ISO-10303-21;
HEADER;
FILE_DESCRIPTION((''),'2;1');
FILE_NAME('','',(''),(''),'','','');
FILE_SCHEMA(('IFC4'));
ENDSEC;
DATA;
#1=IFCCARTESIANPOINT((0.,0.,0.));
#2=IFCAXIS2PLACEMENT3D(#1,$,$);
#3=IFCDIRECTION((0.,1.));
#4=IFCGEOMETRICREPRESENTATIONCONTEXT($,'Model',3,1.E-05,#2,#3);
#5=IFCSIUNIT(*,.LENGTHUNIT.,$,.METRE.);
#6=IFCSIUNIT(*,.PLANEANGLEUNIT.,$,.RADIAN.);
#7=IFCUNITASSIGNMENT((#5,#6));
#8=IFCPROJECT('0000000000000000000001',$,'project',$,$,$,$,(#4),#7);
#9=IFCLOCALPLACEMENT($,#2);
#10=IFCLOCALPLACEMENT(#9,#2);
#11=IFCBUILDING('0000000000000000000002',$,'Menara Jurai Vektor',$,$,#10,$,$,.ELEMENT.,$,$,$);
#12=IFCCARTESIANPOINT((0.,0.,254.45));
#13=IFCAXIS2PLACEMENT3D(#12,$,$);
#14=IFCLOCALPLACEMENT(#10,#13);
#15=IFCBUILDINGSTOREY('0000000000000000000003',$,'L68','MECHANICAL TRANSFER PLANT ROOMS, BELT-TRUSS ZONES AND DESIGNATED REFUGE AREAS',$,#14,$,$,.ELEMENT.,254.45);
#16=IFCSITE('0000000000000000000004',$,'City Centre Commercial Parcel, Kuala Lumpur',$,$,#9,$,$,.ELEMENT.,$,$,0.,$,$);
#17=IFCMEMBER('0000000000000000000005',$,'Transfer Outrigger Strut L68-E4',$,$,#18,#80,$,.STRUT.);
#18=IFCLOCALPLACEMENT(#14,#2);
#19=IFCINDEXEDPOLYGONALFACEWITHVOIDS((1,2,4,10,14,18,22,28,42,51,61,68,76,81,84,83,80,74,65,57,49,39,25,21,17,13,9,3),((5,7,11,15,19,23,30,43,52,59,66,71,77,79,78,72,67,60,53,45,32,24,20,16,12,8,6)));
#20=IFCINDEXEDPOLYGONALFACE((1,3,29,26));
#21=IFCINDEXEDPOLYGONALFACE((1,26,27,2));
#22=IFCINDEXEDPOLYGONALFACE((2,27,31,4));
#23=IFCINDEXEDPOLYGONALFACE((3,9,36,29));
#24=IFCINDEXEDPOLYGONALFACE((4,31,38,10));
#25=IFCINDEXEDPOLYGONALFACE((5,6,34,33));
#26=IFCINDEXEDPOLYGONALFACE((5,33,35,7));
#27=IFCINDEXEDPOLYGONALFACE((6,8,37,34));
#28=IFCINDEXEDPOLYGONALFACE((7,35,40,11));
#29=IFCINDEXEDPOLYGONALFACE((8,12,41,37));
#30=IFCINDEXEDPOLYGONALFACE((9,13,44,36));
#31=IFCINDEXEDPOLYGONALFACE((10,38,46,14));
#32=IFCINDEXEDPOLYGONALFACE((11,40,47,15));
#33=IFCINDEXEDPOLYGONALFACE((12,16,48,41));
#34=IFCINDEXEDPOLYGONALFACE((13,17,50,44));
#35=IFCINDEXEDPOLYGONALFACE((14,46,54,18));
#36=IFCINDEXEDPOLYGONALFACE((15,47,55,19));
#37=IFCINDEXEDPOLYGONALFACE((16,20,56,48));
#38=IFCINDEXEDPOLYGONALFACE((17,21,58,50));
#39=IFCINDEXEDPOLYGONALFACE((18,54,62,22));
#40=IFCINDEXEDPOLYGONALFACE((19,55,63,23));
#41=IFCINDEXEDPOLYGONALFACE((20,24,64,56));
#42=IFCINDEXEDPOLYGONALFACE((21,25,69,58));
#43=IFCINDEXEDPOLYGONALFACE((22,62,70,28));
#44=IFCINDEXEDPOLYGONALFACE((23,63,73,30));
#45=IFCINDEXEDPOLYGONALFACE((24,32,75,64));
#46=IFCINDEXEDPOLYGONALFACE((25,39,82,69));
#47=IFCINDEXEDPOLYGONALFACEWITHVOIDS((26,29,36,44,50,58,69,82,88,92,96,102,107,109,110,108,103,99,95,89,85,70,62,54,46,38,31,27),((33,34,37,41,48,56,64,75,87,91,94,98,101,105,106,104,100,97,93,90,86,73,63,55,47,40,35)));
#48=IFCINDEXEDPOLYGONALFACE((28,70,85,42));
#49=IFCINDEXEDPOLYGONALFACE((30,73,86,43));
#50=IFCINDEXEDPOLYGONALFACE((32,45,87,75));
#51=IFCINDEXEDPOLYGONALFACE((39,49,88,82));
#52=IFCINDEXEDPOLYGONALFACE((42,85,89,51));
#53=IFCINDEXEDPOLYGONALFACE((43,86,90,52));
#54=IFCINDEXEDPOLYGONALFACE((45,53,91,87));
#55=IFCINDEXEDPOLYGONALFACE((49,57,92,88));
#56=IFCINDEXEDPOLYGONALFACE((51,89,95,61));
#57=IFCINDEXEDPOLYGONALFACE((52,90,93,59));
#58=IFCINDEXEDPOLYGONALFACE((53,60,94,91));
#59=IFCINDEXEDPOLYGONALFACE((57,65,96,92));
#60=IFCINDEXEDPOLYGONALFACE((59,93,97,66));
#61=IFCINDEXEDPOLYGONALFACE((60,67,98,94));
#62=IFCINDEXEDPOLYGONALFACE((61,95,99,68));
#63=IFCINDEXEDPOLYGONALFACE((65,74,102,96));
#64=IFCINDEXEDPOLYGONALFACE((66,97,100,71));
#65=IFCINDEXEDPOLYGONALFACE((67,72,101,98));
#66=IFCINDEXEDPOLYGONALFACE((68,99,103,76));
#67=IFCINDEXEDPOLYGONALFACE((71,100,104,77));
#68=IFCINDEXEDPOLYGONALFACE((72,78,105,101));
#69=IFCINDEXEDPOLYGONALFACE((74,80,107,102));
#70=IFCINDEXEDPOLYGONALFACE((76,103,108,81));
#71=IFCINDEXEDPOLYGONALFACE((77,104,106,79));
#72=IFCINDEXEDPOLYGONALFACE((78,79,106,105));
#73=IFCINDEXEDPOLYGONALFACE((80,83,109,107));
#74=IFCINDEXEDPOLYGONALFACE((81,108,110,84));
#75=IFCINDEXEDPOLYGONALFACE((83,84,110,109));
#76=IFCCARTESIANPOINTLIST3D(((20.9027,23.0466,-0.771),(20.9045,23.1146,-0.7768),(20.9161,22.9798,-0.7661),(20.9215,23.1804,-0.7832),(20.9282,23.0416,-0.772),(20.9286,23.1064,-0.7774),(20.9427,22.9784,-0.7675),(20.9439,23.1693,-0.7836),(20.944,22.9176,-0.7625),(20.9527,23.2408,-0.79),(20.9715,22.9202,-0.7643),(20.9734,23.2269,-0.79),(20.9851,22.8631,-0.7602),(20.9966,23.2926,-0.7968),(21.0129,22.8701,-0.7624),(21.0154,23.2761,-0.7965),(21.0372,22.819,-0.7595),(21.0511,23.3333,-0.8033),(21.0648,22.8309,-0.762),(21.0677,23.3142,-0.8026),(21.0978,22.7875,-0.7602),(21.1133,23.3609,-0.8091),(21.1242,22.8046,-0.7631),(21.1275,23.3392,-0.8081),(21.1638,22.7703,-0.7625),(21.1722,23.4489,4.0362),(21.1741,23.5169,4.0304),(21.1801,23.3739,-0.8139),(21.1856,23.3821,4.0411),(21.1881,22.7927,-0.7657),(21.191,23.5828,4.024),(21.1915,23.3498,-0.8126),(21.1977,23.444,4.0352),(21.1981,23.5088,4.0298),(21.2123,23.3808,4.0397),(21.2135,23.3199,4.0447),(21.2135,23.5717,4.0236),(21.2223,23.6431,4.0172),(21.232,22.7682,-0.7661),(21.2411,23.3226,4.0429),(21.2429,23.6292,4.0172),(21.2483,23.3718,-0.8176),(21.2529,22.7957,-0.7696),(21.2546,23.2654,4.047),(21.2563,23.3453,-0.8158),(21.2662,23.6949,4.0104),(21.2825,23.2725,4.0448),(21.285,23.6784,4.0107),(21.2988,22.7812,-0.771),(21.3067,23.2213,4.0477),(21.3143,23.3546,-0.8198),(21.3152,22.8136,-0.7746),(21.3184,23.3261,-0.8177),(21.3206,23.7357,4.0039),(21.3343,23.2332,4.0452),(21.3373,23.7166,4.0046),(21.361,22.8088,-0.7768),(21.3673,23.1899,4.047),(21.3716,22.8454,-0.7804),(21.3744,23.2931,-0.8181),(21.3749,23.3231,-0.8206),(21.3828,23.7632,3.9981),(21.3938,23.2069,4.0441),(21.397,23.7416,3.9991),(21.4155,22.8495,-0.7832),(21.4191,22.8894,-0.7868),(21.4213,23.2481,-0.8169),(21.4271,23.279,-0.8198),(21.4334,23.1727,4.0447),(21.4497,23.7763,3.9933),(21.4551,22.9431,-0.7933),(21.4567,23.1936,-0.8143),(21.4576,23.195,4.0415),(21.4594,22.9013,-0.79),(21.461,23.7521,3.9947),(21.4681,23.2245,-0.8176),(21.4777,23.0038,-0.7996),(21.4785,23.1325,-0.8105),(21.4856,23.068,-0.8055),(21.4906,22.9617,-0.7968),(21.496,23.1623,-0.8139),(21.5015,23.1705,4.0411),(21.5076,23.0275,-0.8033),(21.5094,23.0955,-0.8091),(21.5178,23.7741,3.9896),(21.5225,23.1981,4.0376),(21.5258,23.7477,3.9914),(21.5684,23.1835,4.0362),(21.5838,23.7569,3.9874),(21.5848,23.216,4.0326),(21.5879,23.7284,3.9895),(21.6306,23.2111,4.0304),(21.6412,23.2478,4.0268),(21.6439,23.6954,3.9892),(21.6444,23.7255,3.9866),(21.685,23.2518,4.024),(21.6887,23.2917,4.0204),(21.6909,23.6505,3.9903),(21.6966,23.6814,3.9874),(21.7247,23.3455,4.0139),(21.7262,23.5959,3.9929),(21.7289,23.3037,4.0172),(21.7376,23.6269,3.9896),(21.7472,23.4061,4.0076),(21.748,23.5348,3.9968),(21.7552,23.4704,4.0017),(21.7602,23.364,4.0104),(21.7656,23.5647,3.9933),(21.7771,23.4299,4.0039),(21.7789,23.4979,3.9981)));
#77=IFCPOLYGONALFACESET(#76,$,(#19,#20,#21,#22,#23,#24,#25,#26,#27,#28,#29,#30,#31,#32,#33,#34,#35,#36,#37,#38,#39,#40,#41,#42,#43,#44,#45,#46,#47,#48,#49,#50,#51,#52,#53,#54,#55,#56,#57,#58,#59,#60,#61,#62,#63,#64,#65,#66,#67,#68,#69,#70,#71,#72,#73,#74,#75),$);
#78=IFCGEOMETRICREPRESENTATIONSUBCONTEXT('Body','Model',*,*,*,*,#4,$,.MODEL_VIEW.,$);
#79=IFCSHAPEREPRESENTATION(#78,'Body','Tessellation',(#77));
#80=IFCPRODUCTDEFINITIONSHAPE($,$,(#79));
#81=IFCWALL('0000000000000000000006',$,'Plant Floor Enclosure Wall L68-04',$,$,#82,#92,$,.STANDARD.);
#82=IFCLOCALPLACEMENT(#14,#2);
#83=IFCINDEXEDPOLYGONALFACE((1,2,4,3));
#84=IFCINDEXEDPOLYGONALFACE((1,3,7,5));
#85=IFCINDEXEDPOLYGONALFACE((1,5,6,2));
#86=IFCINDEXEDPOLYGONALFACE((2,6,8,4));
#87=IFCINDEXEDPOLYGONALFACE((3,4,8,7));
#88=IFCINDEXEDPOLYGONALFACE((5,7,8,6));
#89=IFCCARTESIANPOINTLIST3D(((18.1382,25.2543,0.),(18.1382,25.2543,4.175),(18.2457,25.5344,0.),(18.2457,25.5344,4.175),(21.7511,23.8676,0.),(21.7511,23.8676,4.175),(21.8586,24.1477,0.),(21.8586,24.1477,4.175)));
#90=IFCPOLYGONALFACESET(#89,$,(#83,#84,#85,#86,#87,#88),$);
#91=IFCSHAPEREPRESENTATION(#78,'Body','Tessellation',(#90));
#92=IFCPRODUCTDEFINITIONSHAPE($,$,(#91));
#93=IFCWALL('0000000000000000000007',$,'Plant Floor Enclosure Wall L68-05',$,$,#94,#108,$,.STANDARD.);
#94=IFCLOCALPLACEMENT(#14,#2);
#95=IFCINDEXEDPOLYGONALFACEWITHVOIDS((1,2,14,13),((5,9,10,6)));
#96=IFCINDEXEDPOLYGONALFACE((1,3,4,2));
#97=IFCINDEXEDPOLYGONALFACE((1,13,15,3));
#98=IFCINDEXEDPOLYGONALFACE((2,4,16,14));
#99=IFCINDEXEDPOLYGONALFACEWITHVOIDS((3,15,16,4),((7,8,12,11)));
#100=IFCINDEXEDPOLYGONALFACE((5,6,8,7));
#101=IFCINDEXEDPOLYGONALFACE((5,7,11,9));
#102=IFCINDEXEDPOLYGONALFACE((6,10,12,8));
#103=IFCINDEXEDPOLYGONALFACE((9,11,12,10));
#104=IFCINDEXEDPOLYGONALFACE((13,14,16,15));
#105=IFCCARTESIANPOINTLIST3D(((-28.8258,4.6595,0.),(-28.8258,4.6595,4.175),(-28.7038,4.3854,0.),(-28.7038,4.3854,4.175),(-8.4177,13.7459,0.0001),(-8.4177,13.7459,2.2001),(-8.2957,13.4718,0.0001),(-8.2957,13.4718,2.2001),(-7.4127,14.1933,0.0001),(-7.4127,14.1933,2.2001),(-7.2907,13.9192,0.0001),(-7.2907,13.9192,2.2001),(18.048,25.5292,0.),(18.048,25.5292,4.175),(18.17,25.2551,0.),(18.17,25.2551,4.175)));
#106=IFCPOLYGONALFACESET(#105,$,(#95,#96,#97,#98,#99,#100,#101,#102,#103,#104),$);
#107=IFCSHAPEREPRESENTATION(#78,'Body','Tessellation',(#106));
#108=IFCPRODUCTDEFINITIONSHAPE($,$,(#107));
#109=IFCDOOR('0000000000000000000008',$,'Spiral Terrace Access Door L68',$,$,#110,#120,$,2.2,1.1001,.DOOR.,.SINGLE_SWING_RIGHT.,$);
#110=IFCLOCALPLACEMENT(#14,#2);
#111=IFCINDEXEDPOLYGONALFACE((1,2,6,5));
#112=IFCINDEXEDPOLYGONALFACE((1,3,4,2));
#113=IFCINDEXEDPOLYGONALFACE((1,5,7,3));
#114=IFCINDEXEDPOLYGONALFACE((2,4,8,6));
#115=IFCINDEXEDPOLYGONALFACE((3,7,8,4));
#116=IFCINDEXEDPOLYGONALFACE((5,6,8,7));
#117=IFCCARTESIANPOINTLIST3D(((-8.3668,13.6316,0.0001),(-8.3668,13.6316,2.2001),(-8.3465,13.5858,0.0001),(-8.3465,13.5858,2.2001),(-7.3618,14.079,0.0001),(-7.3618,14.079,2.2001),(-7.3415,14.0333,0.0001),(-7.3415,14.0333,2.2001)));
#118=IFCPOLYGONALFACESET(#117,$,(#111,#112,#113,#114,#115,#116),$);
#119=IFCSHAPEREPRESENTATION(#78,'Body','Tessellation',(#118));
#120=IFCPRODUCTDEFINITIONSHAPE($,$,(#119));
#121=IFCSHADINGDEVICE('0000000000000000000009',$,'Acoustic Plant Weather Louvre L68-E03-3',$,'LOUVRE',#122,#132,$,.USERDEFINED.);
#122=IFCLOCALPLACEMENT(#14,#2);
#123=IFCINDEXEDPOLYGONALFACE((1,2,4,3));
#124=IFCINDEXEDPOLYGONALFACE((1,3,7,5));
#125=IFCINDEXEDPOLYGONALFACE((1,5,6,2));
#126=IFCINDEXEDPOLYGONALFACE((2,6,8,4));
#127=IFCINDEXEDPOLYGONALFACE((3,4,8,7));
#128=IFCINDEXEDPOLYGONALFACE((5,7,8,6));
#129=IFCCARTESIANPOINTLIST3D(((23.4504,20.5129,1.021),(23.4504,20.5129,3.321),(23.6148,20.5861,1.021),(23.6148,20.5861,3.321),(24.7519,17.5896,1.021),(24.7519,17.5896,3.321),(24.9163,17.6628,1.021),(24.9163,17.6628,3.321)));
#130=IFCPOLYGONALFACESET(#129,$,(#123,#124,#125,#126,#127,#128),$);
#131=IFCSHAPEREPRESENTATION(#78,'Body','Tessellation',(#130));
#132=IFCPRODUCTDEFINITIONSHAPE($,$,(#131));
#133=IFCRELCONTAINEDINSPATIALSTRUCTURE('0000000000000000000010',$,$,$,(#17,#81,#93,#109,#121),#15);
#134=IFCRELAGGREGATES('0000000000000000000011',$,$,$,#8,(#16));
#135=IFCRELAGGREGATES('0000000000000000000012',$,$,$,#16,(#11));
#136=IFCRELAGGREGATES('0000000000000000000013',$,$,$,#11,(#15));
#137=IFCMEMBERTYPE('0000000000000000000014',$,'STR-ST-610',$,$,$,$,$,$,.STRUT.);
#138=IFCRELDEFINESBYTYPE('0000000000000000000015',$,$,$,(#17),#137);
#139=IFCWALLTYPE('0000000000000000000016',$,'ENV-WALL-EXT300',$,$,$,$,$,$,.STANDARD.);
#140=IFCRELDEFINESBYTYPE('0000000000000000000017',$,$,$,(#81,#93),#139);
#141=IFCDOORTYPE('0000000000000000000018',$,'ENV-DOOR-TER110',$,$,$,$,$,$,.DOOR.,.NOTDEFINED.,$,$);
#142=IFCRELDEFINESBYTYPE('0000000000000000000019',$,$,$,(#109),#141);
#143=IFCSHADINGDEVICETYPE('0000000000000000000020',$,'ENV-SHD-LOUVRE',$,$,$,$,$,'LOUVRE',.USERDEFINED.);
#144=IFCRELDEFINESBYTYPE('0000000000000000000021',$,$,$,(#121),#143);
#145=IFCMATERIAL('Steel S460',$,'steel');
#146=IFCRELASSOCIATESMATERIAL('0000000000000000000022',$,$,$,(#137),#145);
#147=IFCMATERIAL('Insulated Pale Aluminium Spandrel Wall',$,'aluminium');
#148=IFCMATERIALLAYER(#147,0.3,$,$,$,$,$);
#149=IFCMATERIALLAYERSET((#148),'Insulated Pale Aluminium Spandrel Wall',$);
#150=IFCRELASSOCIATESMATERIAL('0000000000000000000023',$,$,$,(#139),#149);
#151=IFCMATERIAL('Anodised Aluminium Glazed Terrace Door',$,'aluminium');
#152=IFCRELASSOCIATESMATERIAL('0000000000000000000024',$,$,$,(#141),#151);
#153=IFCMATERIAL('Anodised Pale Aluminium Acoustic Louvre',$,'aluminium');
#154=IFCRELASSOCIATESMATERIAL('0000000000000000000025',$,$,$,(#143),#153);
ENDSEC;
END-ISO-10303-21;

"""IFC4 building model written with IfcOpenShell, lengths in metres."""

from ifc_helpers import new_model, si_unit, direction, frame, frame_2d, origin, origin_2d, place, context, subcontext, project, spatial, rectangle, hollow_circle, extrude, material, layer, layer_set, material_profile, profile_set, type_object, element, fill, save


model = new_model("IFC4")

# Units and contexts
model_context = context("Model", 3, precision=1e-05, world=origin(), true_north=direction((0.0, 1.0)))
body_context = subcontext(model_context, "Body", "Model", "MODEL_VIEW")
ifc_project = project(units=[si_unit("LENGTHUNIT", "METRE"), si_unit("PLANEANGLEUNIT", "RADIAN")], contexts=[model_context])

# Site, building, storey
site_placement = place(None, origin())
site = spatial("IfcSite", under=ifc_project, at=site_placement, Name="City Centre Commercial Parcel, Kuala Lumpur", CompositionType="ELEMENT", RefElevation=0.0)
building_placement = place(site_placement, origin())
building = spatial("IfcBuilding", under=site, at=building_placement, Name="Menara Jurai Vektor", CompositionType="ELEMENT")
storey_placement = place(building_placement, frame((0.0, 0.0, 254.45)))
storey = spatial("IfcBuildingStorey", under=building, at=storey_placement, Name="L68", Description="MECHANICAL TRANSFER PLANT ROOMS, BELT-TRUSS ZONES AND DESIGNATED REFUGE AREAS", CompositionType="ELEMENT", Elevation=254.45)

# Shared definitions
ifc_material_1 = material(Name="Steel S460", Category="steel")

# Member
ifc_material_profile_1 = material_profile(ifc_material_1, hollow_circle(Radius=0.3049, WallThickness=0.0249, at=origin_2d()), Name="CHS 610x25")
ifc_profile_set_1 = profile_set([ifc_material_profile_1], Name="Steel S460")
member_type_1 = type_object("IfcMemberType", Name="STR-ST-610", PredefinedType="STRUT", material=ifc_profile_set_1)
member_1_placement = place(storey_placement, frame((21.2061, 23.071, -0.79), z_axis=(0.055787, 0.083276, 0.994964), x_axis=(-0.830807, 0.55656, 0.0)))
element("IfcMember", 1, at=member_1_placement, inside=storey, type_object=member_type_1, Name="Transfer Outrigger Strut L68-E4", PredefinedType="STRUT", context=body_context, shape_type="SweptSolid", body=[
    extrude(hollow_circle(Radius=0.3049, WallThickness=0.0249, at=origin_2d()), origin(), (0.0, 0.0, 1.0), 4.8315),
])

# Wall
ifc_material_2 = material(Name="Insulated Pale Aluminium Spandrel Wall", Category="aluminium")
ifc_layer_1 = layer(ifc_material_2, 0.3)
ifc_layer_set_1 = layer_set([ifc_layer_1], Name="Insulated Pale Aluminium Spandrel Wall")
wall_type = type_object("IfcWallType", Name="ENV-WALL-EXT300", PredefinedType="STANDARD", material=ifc_layer_set_1)
wall_1_placement = place(storey_placement, frame((21.8049, 24.0076, 0.0), z_axis=(0.0, 0.0, 1.0), x_axis=(-0.933589, 0.358345, 0.0)))
element("IfcWall", 2, at=wall_1_placement, inside=storey, type_object=wall_type, Name="Plant Floor Enclosure Wall L68-04", PredefinedType="STANDARD", context=body_context, shape_type="SweptSolid", body=[
    extrude(rectangle(XDim=3.8699, YDim=0.3, at=frame_2d((1.9351, 0.0))), origin(), (0.0, 0.0, 1.0), 4.175),
])

# Wall, opening, door
wall_2_placement = place(storey_placement, frame((18.1089, 25.3921, 0.0), z_axis=(0.0, 0.0, 1.0), x_axis=(-0.913545, -0.406738, 0.0)))
wall_2 = element("IfcWall", 3, at=wall_2_placement, inside=storey, type_object=wall_type, Name="Plant Floor Enclosure Wall L68-05", PredefinedType="STANDARD", context=body_context, shape_type="SweptSolid", body=[
    extrude(rectangle(XDim=51.3098, YDim=0.3, at=frame_2d((25.6548, 0.0))), origin(), (0.0, 0.0, 1.0), 4.175),
])
opening_placement = place(wall_2_placement, frame((27.8701, 0.0, 0.0)))
opening = element("IfcOpeningElement", 4, at=opening_placement, cuts=wall_2, PredefinedType="OPENING", context=body_context, shape_type="SweptSolid", body=[
    extrude(rectangle(XDim=1.1001, YDim=2.2, at=frame_2d((0.55, 1.1001))), frame((0.0, 0.1602, 0.0), z_axis=(0.0, -1.0, 0.0), x_axis=(1.0, 0.0, 0.0)), (0.0, 0.0, 1.0), 0.3201),
])
ifc_material_3 = material(Name="Anodised Aluminium Glazed Terrace Door", Category="aluminium")
door_type = type_object("IfcDoorType", Name="ENV-DOOR-TER110", OperationType="NOTDEFINED", PredefinedType="DOOR", material=ifc_material_3)
door_placement = place(opening_placement, frame((1.1001, 0.0, 0.0), z_axis=(0.0, 0.0, 1.0), x_axis=(-1.0, 0.0, 0.0)))
door = element("IfcDoor", 5, at=door_placement, inside=storey, type_object=door_type, Name="Spiral Terrace Access Door L68", OperationType="SINGLE_SWING_RIGHT", OverallHeight=2.2, OverallWidth=1.1001, PredefinedType="DOOR", context=body_context, shape_type="SweptSolid", body=[
    extrude(rectangle(XDim=1.1001, YDim=2.2, at=frame_2d((0.55, 1.1001))), frame((0.0, 0.0249, 0.0), z_axis=(0.0, -1.0, 0.0), x_axis=(1.0, 0.0, 0.0)), (0.0, 0.0, 1.0), 0.05),
])
fill(opening, door)

# Shading device
ifc_material_4 = material(Name="Anodised Pale Aluminium Acoustic Louvre", Category="aluminium")
shading_device_type = type_object("IfcShadingDeviceType", Name="ENV-SHD-LOUVRE", ElementType="LOUVRE", PredefinedType="USERDEFINED", material=ifc_material_4)
shading_device_placement = place(storey_placement, frame((24.1833, 19.0879, 1.021), z_axis=(0.0, 0.0, 1.0), x_axis=(-0.406737, 0.913545, 0.0)))
element("IfcShadingDevice", 6, at=shading_device_placement, inside=storey, type_object=shading_device_type, Name="Acoustic Plant Weather Louvre L68-E03-3", ObjectType="LOUVRE", PredefinedType="USERDEFINED", context=body_context, shape_type="SweptSolid", body=[
    extrude(rectangle(XDim=3.2, YDim=0.1799, at=origin_2d()), origin(), (0.0, 0.0, 1.0), 2.3),
])

save(model, "model.ifc")
